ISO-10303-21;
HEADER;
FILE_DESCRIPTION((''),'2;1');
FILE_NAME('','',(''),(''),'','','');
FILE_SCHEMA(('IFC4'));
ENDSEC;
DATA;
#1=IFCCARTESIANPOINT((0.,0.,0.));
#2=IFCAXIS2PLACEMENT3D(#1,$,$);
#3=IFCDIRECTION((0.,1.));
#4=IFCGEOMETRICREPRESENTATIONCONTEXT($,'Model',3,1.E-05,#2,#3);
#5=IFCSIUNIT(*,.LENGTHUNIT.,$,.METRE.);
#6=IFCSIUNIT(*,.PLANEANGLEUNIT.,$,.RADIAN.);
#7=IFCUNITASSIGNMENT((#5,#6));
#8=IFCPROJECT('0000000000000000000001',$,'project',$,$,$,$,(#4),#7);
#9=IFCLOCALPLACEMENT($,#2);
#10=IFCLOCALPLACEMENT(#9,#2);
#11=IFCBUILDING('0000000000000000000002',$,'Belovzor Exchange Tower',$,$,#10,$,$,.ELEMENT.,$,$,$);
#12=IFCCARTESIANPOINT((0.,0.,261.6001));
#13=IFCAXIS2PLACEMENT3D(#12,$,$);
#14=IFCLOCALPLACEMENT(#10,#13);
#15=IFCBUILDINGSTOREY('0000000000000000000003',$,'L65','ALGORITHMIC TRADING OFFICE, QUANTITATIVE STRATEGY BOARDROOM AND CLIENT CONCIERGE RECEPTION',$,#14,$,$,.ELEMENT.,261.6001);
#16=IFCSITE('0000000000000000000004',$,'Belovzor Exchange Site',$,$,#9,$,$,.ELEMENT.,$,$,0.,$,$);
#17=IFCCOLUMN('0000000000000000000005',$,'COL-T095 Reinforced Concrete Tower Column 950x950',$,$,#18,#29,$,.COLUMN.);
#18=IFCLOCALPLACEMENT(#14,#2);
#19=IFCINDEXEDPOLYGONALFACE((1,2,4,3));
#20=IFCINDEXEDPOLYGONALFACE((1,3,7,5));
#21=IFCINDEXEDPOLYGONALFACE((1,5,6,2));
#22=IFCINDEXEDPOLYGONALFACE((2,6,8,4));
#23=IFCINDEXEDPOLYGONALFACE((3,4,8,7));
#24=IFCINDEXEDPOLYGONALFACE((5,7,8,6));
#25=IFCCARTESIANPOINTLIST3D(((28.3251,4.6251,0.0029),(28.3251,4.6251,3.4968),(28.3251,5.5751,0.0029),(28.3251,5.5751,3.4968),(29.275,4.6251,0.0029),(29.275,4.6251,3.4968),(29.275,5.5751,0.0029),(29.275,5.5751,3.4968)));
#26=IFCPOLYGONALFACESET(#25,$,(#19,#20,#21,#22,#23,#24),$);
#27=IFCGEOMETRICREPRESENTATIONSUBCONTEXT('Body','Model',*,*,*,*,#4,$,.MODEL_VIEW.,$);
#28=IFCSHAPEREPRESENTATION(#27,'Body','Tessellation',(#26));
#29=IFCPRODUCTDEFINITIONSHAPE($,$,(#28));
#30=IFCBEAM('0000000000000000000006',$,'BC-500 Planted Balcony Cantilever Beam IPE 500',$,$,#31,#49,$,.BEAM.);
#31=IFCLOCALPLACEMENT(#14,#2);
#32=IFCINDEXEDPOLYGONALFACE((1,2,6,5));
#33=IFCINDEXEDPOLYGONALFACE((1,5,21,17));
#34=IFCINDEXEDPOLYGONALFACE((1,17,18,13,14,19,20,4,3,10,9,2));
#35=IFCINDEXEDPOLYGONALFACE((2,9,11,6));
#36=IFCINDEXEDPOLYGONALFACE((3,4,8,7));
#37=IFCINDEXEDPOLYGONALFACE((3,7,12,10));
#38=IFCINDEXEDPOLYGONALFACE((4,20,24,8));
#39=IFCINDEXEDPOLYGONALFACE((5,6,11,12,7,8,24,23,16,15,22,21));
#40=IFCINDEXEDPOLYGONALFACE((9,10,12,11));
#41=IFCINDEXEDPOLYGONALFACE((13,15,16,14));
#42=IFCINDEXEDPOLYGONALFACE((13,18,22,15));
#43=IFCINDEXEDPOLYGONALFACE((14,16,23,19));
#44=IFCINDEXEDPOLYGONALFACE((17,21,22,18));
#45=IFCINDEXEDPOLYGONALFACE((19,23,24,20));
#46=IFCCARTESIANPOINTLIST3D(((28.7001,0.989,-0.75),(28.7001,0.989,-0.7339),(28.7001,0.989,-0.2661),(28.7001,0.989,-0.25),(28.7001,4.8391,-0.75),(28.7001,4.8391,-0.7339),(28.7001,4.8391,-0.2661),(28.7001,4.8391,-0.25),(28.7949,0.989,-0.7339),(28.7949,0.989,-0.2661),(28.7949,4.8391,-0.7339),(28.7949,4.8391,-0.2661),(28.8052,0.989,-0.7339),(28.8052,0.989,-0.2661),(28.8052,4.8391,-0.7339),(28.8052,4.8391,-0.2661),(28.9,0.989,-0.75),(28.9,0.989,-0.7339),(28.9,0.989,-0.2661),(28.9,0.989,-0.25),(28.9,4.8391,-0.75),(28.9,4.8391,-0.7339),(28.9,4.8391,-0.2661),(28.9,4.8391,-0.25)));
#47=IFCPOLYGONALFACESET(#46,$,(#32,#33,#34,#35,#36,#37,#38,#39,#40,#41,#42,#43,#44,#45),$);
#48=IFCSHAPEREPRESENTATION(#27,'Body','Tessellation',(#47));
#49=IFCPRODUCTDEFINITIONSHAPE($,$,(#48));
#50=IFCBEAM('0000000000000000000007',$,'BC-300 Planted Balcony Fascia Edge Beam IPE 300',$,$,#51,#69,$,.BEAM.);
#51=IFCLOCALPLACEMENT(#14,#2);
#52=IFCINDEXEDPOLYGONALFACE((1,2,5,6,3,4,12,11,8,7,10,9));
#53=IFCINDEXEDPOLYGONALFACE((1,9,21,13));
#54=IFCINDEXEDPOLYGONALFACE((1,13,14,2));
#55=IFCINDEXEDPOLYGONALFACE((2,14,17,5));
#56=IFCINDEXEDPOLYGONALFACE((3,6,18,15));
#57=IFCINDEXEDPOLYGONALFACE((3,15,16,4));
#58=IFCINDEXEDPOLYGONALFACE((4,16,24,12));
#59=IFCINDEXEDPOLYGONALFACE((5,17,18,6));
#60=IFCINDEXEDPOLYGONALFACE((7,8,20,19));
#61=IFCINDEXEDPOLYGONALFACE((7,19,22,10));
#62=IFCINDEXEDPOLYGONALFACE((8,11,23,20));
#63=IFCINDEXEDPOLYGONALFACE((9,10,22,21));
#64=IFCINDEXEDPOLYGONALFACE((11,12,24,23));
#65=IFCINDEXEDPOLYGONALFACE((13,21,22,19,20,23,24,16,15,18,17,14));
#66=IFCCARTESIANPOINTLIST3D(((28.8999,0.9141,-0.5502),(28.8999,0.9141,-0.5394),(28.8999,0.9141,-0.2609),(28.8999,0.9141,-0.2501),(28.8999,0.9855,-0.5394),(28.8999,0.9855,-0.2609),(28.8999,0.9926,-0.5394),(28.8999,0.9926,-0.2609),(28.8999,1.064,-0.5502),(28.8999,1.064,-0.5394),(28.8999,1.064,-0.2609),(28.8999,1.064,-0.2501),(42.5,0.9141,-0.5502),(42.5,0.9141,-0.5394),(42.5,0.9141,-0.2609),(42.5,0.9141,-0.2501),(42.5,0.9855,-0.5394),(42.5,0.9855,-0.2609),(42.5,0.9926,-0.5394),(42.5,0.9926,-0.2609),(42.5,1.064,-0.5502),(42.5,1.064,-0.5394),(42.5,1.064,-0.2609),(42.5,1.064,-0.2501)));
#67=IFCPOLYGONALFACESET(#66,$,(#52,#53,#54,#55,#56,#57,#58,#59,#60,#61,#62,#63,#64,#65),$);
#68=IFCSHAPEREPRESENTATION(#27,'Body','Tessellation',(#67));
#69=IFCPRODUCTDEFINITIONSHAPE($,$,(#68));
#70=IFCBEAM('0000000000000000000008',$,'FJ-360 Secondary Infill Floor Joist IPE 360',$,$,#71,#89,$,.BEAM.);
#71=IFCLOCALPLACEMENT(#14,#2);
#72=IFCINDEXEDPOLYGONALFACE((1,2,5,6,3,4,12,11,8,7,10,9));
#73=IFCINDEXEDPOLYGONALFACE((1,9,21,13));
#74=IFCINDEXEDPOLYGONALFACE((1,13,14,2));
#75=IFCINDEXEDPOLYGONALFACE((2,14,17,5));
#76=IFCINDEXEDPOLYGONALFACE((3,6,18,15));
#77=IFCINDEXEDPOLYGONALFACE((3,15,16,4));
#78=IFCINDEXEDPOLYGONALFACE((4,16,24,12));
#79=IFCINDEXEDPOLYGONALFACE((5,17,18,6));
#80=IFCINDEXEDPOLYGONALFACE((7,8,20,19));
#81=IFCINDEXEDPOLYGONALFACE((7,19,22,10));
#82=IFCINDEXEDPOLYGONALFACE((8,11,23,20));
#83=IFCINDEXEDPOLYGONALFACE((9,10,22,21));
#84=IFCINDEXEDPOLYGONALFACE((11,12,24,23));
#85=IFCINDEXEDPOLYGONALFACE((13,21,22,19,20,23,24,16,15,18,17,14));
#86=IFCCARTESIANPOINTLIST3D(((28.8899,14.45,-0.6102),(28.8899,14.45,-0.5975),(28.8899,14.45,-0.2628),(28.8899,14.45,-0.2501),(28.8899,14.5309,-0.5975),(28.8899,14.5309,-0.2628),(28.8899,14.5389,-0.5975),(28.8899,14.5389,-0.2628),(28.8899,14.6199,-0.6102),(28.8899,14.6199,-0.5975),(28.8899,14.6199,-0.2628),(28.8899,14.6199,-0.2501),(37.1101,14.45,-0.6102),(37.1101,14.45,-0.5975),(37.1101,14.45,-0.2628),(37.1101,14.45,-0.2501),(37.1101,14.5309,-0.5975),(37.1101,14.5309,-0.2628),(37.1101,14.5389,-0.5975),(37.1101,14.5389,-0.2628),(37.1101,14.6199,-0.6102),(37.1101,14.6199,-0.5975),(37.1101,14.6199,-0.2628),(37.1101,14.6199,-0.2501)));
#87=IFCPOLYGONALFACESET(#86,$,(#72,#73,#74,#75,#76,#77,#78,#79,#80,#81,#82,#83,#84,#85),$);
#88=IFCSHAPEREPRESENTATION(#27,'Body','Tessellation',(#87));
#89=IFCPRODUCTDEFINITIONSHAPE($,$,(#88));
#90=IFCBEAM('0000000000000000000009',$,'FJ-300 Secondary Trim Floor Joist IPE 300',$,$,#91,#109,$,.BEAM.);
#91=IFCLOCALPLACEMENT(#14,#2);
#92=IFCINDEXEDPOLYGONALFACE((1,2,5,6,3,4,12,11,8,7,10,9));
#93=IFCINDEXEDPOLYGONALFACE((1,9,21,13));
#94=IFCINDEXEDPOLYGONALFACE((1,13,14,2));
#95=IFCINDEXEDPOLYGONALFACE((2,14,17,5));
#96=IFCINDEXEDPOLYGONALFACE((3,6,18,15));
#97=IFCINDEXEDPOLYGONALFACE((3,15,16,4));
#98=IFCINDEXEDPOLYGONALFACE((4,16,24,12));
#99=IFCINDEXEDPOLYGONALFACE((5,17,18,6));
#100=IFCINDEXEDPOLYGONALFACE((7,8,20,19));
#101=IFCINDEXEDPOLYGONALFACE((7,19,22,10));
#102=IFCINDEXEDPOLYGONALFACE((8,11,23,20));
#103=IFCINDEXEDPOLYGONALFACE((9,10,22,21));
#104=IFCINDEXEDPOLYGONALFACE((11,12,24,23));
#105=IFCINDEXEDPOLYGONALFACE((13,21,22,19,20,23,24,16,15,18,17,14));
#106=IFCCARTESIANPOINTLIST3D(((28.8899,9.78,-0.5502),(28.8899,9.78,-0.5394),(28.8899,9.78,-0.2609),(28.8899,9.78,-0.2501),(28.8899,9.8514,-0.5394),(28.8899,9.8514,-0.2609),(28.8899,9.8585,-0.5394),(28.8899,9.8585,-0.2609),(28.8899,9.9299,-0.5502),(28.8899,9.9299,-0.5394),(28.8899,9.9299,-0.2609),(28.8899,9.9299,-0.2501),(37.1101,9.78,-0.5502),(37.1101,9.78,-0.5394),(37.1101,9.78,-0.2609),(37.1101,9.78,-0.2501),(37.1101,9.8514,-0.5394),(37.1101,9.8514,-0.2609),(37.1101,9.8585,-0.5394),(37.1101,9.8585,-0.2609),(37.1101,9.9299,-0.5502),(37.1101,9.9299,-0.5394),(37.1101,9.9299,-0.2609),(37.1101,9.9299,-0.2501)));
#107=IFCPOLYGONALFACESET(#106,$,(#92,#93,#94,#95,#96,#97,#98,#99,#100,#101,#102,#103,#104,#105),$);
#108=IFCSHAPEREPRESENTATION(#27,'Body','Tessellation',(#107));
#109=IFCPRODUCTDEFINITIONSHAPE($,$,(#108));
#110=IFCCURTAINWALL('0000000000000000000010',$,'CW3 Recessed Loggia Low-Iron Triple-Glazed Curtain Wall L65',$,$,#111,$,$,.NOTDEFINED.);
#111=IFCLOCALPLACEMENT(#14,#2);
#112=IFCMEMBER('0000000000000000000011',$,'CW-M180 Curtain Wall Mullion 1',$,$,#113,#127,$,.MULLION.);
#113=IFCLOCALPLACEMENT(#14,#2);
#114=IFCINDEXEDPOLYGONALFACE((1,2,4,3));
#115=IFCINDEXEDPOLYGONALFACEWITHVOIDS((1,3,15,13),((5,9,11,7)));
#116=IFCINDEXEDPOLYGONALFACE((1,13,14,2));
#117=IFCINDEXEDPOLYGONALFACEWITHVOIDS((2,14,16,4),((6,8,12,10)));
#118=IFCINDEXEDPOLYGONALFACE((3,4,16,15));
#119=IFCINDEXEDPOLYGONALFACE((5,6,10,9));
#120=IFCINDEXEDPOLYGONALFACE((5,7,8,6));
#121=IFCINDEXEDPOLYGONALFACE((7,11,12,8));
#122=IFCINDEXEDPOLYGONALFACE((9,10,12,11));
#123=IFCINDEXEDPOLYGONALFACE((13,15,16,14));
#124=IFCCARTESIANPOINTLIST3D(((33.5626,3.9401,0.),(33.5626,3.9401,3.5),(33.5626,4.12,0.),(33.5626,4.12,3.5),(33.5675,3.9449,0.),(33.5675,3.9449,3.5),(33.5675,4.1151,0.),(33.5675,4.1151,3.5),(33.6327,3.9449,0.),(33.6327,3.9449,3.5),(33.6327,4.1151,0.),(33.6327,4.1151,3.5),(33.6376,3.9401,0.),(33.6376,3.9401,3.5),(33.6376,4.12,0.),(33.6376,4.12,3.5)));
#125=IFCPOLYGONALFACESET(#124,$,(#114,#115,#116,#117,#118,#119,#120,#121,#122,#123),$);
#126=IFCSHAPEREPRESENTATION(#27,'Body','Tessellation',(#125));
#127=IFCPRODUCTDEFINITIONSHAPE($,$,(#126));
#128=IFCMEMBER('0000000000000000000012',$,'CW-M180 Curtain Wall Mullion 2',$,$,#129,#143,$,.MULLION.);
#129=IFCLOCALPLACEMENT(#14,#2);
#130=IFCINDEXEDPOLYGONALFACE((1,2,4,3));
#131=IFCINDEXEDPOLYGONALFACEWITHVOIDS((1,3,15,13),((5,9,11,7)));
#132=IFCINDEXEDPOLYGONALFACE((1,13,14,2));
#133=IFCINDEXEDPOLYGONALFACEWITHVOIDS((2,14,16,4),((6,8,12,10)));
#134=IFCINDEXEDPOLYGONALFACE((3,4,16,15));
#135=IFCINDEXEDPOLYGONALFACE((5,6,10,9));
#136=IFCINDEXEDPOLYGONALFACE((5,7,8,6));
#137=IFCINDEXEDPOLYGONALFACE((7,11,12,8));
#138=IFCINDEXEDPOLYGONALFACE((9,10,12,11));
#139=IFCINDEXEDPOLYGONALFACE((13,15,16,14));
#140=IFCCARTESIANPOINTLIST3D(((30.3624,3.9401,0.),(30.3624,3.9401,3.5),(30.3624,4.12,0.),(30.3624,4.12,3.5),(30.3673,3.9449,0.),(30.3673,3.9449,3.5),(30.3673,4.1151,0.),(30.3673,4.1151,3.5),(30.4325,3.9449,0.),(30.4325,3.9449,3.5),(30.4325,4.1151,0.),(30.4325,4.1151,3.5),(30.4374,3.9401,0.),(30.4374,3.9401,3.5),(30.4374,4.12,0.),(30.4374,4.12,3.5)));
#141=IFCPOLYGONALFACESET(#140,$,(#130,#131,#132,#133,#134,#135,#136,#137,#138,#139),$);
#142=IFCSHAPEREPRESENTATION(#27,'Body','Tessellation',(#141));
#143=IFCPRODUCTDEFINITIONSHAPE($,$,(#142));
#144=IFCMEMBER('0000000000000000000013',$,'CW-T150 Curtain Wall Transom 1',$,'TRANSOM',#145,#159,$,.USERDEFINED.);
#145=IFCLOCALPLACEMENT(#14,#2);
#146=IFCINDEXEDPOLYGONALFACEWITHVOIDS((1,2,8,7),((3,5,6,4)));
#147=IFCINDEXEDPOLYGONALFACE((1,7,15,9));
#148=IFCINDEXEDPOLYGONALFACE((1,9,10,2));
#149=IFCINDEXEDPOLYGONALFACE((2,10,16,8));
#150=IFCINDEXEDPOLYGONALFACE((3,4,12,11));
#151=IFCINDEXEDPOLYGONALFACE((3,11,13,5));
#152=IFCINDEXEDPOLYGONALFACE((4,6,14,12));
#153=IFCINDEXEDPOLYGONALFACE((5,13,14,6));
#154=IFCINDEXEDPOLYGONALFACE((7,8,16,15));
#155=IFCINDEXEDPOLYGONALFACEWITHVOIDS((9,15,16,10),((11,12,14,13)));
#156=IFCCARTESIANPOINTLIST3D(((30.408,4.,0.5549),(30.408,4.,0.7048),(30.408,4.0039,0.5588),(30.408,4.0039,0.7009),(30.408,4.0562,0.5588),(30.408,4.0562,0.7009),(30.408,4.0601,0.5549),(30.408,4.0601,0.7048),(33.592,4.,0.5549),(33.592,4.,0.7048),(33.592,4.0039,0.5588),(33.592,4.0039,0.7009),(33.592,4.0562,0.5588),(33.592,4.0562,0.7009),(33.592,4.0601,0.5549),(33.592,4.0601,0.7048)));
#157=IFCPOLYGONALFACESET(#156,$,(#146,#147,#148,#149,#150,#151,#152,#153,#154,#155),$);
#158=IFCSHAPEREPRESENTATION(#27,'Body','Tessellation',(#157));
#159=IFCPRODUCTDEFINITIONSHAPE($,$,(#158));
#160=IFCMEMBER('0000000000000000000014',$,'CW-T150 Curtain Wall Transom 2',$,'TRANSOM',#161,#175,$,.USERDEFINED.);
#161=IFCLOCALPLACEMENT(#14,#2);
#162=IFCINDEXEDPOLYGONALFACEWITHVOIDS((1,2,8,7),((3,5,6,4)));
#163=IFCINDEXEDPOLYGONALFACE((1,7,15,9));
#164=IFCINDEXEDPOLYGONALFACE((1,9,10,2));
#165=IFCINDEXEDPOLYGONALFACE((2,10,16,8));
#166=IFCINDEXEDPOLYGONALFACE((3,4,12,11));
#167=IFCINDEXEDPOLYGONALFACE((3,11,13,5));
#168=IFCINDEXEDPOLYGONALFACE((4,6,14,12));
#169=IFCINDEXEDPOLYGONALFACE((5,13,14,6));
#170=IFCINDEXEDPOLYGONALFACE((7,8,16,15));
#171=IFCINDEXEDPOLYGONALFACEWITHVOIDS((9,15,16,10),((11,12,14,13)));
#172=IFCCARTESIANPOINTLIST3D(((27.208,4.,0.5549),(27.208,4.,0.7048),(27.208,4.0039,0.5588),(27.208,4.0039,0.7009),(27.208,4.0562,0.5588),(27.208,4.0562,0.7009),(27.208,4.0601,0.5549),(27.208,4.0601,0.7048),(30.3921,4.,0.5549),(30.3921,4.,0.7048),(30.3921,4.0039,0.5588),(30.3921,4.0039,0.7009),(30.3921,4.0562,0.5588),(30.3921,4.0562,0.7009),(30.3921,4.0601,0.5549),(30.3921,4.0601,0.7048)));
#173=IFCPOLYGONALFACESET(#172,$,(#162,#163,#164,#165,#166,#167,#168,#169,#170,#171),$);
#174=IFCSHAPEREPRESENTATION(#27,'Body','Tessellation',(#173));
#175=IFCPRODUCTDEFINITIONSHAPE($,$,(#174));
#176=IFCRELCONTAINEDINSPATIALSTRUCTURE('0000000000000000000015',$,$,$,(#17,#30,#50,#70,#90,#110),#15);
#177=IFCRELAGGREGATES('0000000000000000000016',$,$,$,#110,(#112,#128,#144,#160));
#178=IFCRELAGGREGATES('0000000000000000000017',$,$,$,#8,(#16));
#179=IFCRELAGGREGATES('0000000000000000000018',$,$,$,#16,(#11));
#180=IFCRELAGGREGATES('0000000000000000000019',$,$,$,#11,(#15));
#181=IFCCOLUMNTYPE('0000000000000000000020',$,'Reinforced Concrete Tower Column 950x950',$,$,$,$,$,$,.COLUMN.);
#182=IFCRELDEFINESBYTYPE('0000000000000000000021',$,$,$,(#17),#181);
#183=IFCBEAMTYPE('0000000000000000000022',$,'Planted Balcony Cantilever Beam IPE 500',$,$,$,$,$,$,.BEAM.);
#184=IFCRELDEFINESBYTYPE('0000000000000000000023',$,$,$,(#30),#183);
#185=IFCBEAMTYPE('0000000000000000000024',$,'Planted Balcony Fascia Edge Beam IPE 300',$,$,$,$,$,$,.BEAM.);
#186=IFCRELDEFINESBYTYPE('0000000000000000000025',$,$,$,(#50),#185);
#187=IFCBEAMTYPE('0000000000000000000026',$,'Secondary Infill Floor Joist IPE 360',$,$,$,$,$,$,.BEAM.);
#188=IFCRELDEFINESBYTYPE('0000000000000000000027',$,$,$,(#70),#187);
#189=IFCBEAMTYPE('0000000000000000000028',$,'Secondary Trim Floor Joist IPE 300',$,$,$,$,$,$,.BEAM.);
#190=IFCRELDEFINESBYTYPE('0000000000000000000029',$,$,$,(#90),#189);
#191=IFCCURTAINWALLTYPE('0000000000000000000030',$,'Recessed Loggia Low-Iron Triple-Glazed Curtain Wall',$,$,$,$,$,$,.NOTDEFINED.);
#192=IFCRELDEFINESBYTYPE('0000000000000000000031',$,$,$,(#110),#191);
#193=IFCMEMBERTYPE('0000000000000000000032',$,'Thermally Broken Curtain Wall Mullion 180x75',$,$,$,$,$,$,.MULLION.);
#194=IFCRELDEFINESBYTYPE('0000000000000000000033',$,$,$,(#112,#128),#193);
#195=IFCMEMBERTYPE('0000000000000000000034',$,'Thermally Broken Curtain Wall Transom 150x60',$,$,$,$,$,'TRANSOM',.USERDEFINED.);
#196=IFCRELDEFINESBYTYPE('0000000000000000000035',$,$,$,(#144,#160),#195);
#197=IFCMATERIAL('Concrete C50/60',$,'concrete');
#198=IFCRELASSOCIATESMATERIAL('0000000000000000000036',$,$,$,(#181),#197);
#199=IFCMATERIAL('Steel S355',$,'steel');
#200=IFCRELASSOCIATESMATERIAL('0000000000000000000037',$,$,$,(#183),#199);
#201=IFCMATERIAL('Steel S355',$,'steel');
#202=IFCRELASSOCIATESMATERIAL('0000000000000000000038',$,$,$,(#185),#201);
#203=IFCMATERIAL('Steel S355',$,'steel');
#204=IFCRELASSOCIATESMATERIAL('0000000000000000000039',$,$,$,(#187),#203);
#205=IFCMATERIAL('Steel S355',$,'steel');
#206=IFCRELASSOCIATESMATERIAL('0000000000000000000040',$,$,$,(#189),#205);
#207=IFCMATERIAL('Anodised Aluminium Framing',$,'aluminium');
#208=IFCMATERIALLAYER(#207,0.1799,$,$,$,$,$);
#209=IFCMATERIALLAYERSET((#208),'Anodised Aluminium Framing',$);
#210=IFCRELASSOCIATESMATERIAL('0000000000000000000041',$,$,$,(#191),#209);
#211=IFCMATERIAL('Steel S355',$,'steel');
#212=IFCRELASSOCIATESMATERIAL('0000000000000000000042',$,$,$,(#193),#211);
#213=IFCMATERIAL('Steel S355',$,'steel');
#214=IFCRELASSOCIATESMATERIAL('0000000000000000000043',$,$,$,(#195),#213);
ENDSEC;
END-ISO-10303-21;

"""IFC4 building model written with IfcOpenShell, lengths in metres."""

from ifc_helpers import new_model, si_unit, direction, frame, origin, origin_2d, place, context, subcontext, project, spatial, rectangle, hollow_rectangle, i_section, extrude, material, layer, layer_set, material_profile, profile_set, type_object, element, aggregate, save


model = new_model("IFC4")

# Units and contexts
model_context = context("Model", 3, precision=1e-05, world=origin(), true_north=direction((0.0, 1.0)))
body_context = subcontext(model_context, "Body", "Model", "MODEL_VIEW")
ifc_project = project(units=[si_unit("LENGTHUNIT", "METRE"), si_unit("PLANEANGLEUNIT", "RADIAN")], contexts=[model_context])

# Site, building, storey
site_placement = place(None, origin())
site = spatial("IfcSite", under=ifc_project, at=site_placement, Name="Belovzor Exchange Site", CompositionType="ELEMENT", RefElevation=0.0)
building_placement = place(site_placement, origin())
building = spatial("IfcBuilding", under=site, at=building_placement, Name="Belovzor Exchange Tower", CompositionType="ELEMENT")
storey_placement = place(building_placement, frame((0.0, 0.0, 261.6001)))
storey = spatial("IfcBuildingStorey", under=building, at=storey_placement, Name="L65", Description="ALGORITHMIC TRADING OFFICE, QUANTITATIVE STRATEGY BOARDROOM AND CLIENT CONCIERGE RECEPTION", CompositionType="ELEMENT", Elevation=261.6001)

# Column
ifc_material_1 = material(Name="Concrete C50/60", Category="concrete")
ifc_material_profile_1 = material_profile(ifc_material_1, rectangle(XDim=0.95, YDim=0.95, at=origin_2d()))
ifc_profile_set_1 = profile_set([ifc_material_profile_1], Name="Concrete C50/60")
column_type = type_object("IfcColumnType", Name="Reinforced Concrete Tower Column 950x950", PredefinedType="COLUMN", material=ifc_profile_set_1)
column_placement = place(storey_placement, frame((28.8, 5.1001, 0.0029), z_axis=(0.0, 0.0, 1.0), x_axis=(1.0, 0.0, 0.0)))
element("IfcColumn", 1, at=column_placement, inside=storey, type_object=column_type, Name="COL-T095 Reinforced Concrete Tower Column 950x950", PredefinedType="COLUMN", context=body_context, shape_type="SweptSolid", body=[
    extrude(rectangle(XDim=0.95, YDim=0.95, at=origin_2d()), origin(), (0.0, 0.0, 1.0), 3.4939),
])

# Beams
ifc_material_2 = material(Name="Steel S355", Category="steel")
ifc_material_profile_2 = material_profile(ifc_material_2, i_section(OverallWidth=0.2, OverallDepth=0.5, WebThickness=0.0103, FlangeThickness=0.0161, at=origin_2d()))
ifc_profile_set_2 = profile_set([ifc_material_profile_2], Name="Steel S355")
beam_type_1 = type_object("IfcBeamType", Name="Planted Balcony Cantilever Beam IPE 500", PredefinedType="BEAM", material=ifc_profile_set_2)
beam_1_placement = place(storey_placement, frame((28.8, 4.8391, -0.5), z_axis=(0.0, -1.0, 0.0), x_axis=(1.0, 0.0, 0.0)))
element("IfcBeam", 2, at=beam_1_placement, inside=storey, type_object=beam_type_1, Name="BC-500 Planted Balcony Cantilever Beam IPE 500", PredefinedType="BEAM", context=body_context, shape_type="SweptSolid", body=[
    extrude(i_section(OverallWidth=0.2, OverallDepth=0.5, WebThickness=0.0103, FlangeThickness=0.0161, at=origin_2d()), origin(), (0.0, 0.0, 1.0), 3.8501),
])
ifc_material_3 = material(Name="Steel S355", Category="steel")
ifc_material_profile_3 = material_profile(ifc_material_3, i_section(OverallWidth=0.1499, OverallDepth=0.3, WebThickness=0.0071, FlangeThickness=0.0107, at=origin_2d()))
ifc_profile_set_3 = profile_set([ifc_material_profile_3], Name="Steel S355")
beam_type_2 = type_object("IfcBeamType", Name="Planted Balcony Fascia Edge Beam IPE 300", PredefinedType="BEAM", material=ifc_profile_set_3)
beam_2_placement = place(storey_placement, frame((28.8999, 0.989, -0.4001), z_axis=(1.0, 0.0, 0.0), x_axis=(0.0, 1.0, 0.0)))
element("IfcBeam", 3, at=beam_2_placement, inside=storey, type_object=beam_type_2, Name="BC-300 Planted Balcony Fascia Edge Beam IPE 300", PredefinedType="BEAM", context=body_context, shape_type="SweptSolid", body=[
    extrude(i_section(OverallWidth=0.1499, OverallDepth=0.3, WebThickness=0.0071, FlangeThickness=0.0107, at=origin_2d()), origin(), (0.0, 0.0, 1.0), 13.6001),
])
ifc_material_4 = material(Name="Steel S355", Category="steel")
ifc_material_profile_4 = material_profile(ifc_material_4, i_section(OverallWidth=0.1699, OverallDepth=0.3601, WebThickness=0.0081, FlangeThickness=0.0127, at=origin_2d()))
ifc_profile_set_4 = profile_set([ifc_material_profile_4], Name="Steel S355")
beam_type_3 = type_object("IfcBeamType", Name="Secondary Infill Floor Joist IPE 360", PredefinedType="BEAM", material=ifc_profile_set_4)
beam_3_placement = place(storey_placement, frame((28.8899, 14.5349, -0.4302), z_axis=(1.0, 0.0, 0.0), x_axis=(0.0, 1.0, 0.0)))
element("IfcBeam", 4, at=beam_3_placement, inside=storey, type_object=beam_type_3, Name="FJ-360 Secondary Infill Floor Joist IPE 360", PredefinedType="BEAM", context=body_context, shape_type="SweptSolid", body=[
    extrude(i_section(OverallWidth=0.1699, OverallDepth=0.3601, WebThickness=0.0081, FlangeThickness=0.0127, at=origin_2d()), origin(), (0.0, 0.0, 1.0), 8.2202),
])
ifc_material_5 = material(Name="Steel S355", Category="steel")
ifc_material_profile_5 = material_profile(ifc_material_5, i_section(OverallWidth=0.1499, OverallDepth=0.3, WebThickness=0.0071, FlangeThickness=0.0107, at=origin_2d()))
ifc_profile_set_5 = profile_set([ifc_material_profile_5], Name="Steel S355")
beam_type_4 = type_object("IfcBeamType", Name="Secondary Trim Floor Joist IPE 300", PredefinedType="BEAM", material=ifc_profile_set_5)
beam_4_placement = place(storey_placement, frame((28.8899, 9.855, -0.4001), z_axis=(1.0, 0.0, 0.0), x_axis=(0.0, 1.0, 0.0)))
element("IfcBeam", 5, at=beam_4_placement, inside=storey, type_object=beam_type_4, Name="FJ-300 Secondary Trim Floor Joist IPE 300", PredefinedType="BEAM", context=body_context, shape_type="SweptSolid", body=[
    extrude(i_section(OverallWidth=0.1499, OverallDepth=0.3, WebThickness=0.0071, FlangeThickness=0.0107, at=origin_2d()), origin(), (0.0, 0.0, 1.0), 8.2202),
])

# Curtain wall, members
ifc_material_6 = material(Name="Anodised Aluminium Framing", Category="aluminium")
ifc_layer_1 = layer(ifc_material_6, 0.1799)
ifc_layer_set_1 = layer_set([ifc_layer_1], Name="Anodised Aluminium Framing")
curtain_wall_type = type_object("IfcCurtainWallType", Name="Recessed Loggia Low-Iron Triple-Glazed Curtain Wall", PredefinedType="NOTDEFINED", material=ifc_layer_set_1)
curtain_wall_placement = place(storey_placement, origin())
curtain_wall = element("IfcCurtainWall", 6, at=curtain_wall_placement, inside=storey, type_object=curtain_wall_type, Name="CW3 Recessed Loggia Low-Iron Triple-Glazed Curtain Wall L65", PredefinedType="NOTDEFINED")
ifc_material_7 = material(Name="Steel S355", Category="steel")
ifc_material_profile_6 = material_profile(ifc_material_7, hollow_rectangle(XDim=0.075, YDim=0.1799, WallThickness=0.0049, at=origin_2d()))
ifc_profile_set_6 = profile_set([ifc_material_profile_6], Name="Steel S355")
member_type_1 = type_object("IfcMemberType", Name="Thermally Broken Curtain Wall Mullion 180x75", PredefinedType="MULLION", material=ifc_profile_set_6)
member_1_placement = place(storey_placement, frame((33.6001, 4.03, 0.0), z_axis=(0.0, 0.0, 1.0), x_axis=(-1.0, 0.0, 0.0)))
member_1 = element("IfcMember", 7, at=member_1_placement, type_object=member_type_1, Name="CW-M180 Curtain Wall Mullion 1", PredefinedType="MULLION", context=body_context, shape_type="SweptSolid", body=[
    extrude(hollow_rectangle(XDim=0.075, YDim=0.1799, WallThickness=0.0049, at=origin_2d()), origin(), (0.0, 0.0, 1.0), 3.5),
])
member_2_placement = place(storey_placement, frame((30.3999, 4.03, 0.0), z_axis=(0.0, 0.0, 1.0), x_axis=(-1.0, 0.0, 0.0)))
member_2 = element("IfcMember", 8, at=member_2_placement, type_object=member_type_1, Name="CW-M180 Curtain Wall Mullion 2", PredefinedType="MULLION", context=body_context, shape_type="SweptSolid", body=[
    extrude(hollow_rectangle(XDim=0.075, YDim=0.1799, WallThickness=0.0049, at=origin_2d()), origin(), (0.0, 0.0, 1.0), 3.5),
])
ifc_material_8 = material(Name="Steel S355", Category="steel")
ifc_material_profile_7 = material_profile(ifc_material_8, hollow_rectangle(XDim=0.0601, YDim=0.1499, WallThickness=0.0039, at=origin_2d()))
ifc_profile_set_7 = profile_set([ifc_material_profile_7], Name="Steel S355")
member_type_2 = type_object("IfcMemberType", Name="Thermally Broken Curtain Wall Transom 150x60", ElementType="TRANSOM", PredefinedType="USERDEFINED", material=ifc_profile_set_7)
member_3_placement = place(storey_placement, frame((33.592, 4.03, 0.6299), z_axis=(-1.0, 0.0, 0.0), x_axis=(0.0, -1.0, 0.0)))
member_3 = element("IfcMember", 9, at=member_3_placement, type_object=member_type_2, Name="CW-T150 Curtain Wall Transom 1", ObjectType="TRANSOM", PredefinedType="USERDEFINED", context=body_context, shape_type="SweptSolid", body=[
    extrude(hollow_rectangle(XDim=0.0601, YDim=0.1499, WallThickness=0.0039, at=origin_2d()), origin(), (0.0, 0.0, 1.0), 3.1841),
])
member_4_placement = place(storey_placement, frame((30.3921, 4.03, 0.6299), z_axis=(-1.0, 0.0, 0.0), x_axis=(0.0, -1.0, 0.0)))
member_4 = element("IfcMember", 10, at=member_4_placement, type_object=member_type_2, Name="CW-T150 Curtain Wall Transom 2", ObjectType="TRANSOM", PredefinedType="USERDEFINED", context=body_context, shape_type="SweptSolid", body=[
    extrude(hollow_rectangle(XDim=0.0601, YDim=0.1499, WallThickness=0.0039, at=origin_2d()), origin(), (0.0, 0.0, 1.0), 3.1841),
])

aggregate(curtain_wall, [member_1, member_2, member_3, member_4])

save(model, "model.ifc")
